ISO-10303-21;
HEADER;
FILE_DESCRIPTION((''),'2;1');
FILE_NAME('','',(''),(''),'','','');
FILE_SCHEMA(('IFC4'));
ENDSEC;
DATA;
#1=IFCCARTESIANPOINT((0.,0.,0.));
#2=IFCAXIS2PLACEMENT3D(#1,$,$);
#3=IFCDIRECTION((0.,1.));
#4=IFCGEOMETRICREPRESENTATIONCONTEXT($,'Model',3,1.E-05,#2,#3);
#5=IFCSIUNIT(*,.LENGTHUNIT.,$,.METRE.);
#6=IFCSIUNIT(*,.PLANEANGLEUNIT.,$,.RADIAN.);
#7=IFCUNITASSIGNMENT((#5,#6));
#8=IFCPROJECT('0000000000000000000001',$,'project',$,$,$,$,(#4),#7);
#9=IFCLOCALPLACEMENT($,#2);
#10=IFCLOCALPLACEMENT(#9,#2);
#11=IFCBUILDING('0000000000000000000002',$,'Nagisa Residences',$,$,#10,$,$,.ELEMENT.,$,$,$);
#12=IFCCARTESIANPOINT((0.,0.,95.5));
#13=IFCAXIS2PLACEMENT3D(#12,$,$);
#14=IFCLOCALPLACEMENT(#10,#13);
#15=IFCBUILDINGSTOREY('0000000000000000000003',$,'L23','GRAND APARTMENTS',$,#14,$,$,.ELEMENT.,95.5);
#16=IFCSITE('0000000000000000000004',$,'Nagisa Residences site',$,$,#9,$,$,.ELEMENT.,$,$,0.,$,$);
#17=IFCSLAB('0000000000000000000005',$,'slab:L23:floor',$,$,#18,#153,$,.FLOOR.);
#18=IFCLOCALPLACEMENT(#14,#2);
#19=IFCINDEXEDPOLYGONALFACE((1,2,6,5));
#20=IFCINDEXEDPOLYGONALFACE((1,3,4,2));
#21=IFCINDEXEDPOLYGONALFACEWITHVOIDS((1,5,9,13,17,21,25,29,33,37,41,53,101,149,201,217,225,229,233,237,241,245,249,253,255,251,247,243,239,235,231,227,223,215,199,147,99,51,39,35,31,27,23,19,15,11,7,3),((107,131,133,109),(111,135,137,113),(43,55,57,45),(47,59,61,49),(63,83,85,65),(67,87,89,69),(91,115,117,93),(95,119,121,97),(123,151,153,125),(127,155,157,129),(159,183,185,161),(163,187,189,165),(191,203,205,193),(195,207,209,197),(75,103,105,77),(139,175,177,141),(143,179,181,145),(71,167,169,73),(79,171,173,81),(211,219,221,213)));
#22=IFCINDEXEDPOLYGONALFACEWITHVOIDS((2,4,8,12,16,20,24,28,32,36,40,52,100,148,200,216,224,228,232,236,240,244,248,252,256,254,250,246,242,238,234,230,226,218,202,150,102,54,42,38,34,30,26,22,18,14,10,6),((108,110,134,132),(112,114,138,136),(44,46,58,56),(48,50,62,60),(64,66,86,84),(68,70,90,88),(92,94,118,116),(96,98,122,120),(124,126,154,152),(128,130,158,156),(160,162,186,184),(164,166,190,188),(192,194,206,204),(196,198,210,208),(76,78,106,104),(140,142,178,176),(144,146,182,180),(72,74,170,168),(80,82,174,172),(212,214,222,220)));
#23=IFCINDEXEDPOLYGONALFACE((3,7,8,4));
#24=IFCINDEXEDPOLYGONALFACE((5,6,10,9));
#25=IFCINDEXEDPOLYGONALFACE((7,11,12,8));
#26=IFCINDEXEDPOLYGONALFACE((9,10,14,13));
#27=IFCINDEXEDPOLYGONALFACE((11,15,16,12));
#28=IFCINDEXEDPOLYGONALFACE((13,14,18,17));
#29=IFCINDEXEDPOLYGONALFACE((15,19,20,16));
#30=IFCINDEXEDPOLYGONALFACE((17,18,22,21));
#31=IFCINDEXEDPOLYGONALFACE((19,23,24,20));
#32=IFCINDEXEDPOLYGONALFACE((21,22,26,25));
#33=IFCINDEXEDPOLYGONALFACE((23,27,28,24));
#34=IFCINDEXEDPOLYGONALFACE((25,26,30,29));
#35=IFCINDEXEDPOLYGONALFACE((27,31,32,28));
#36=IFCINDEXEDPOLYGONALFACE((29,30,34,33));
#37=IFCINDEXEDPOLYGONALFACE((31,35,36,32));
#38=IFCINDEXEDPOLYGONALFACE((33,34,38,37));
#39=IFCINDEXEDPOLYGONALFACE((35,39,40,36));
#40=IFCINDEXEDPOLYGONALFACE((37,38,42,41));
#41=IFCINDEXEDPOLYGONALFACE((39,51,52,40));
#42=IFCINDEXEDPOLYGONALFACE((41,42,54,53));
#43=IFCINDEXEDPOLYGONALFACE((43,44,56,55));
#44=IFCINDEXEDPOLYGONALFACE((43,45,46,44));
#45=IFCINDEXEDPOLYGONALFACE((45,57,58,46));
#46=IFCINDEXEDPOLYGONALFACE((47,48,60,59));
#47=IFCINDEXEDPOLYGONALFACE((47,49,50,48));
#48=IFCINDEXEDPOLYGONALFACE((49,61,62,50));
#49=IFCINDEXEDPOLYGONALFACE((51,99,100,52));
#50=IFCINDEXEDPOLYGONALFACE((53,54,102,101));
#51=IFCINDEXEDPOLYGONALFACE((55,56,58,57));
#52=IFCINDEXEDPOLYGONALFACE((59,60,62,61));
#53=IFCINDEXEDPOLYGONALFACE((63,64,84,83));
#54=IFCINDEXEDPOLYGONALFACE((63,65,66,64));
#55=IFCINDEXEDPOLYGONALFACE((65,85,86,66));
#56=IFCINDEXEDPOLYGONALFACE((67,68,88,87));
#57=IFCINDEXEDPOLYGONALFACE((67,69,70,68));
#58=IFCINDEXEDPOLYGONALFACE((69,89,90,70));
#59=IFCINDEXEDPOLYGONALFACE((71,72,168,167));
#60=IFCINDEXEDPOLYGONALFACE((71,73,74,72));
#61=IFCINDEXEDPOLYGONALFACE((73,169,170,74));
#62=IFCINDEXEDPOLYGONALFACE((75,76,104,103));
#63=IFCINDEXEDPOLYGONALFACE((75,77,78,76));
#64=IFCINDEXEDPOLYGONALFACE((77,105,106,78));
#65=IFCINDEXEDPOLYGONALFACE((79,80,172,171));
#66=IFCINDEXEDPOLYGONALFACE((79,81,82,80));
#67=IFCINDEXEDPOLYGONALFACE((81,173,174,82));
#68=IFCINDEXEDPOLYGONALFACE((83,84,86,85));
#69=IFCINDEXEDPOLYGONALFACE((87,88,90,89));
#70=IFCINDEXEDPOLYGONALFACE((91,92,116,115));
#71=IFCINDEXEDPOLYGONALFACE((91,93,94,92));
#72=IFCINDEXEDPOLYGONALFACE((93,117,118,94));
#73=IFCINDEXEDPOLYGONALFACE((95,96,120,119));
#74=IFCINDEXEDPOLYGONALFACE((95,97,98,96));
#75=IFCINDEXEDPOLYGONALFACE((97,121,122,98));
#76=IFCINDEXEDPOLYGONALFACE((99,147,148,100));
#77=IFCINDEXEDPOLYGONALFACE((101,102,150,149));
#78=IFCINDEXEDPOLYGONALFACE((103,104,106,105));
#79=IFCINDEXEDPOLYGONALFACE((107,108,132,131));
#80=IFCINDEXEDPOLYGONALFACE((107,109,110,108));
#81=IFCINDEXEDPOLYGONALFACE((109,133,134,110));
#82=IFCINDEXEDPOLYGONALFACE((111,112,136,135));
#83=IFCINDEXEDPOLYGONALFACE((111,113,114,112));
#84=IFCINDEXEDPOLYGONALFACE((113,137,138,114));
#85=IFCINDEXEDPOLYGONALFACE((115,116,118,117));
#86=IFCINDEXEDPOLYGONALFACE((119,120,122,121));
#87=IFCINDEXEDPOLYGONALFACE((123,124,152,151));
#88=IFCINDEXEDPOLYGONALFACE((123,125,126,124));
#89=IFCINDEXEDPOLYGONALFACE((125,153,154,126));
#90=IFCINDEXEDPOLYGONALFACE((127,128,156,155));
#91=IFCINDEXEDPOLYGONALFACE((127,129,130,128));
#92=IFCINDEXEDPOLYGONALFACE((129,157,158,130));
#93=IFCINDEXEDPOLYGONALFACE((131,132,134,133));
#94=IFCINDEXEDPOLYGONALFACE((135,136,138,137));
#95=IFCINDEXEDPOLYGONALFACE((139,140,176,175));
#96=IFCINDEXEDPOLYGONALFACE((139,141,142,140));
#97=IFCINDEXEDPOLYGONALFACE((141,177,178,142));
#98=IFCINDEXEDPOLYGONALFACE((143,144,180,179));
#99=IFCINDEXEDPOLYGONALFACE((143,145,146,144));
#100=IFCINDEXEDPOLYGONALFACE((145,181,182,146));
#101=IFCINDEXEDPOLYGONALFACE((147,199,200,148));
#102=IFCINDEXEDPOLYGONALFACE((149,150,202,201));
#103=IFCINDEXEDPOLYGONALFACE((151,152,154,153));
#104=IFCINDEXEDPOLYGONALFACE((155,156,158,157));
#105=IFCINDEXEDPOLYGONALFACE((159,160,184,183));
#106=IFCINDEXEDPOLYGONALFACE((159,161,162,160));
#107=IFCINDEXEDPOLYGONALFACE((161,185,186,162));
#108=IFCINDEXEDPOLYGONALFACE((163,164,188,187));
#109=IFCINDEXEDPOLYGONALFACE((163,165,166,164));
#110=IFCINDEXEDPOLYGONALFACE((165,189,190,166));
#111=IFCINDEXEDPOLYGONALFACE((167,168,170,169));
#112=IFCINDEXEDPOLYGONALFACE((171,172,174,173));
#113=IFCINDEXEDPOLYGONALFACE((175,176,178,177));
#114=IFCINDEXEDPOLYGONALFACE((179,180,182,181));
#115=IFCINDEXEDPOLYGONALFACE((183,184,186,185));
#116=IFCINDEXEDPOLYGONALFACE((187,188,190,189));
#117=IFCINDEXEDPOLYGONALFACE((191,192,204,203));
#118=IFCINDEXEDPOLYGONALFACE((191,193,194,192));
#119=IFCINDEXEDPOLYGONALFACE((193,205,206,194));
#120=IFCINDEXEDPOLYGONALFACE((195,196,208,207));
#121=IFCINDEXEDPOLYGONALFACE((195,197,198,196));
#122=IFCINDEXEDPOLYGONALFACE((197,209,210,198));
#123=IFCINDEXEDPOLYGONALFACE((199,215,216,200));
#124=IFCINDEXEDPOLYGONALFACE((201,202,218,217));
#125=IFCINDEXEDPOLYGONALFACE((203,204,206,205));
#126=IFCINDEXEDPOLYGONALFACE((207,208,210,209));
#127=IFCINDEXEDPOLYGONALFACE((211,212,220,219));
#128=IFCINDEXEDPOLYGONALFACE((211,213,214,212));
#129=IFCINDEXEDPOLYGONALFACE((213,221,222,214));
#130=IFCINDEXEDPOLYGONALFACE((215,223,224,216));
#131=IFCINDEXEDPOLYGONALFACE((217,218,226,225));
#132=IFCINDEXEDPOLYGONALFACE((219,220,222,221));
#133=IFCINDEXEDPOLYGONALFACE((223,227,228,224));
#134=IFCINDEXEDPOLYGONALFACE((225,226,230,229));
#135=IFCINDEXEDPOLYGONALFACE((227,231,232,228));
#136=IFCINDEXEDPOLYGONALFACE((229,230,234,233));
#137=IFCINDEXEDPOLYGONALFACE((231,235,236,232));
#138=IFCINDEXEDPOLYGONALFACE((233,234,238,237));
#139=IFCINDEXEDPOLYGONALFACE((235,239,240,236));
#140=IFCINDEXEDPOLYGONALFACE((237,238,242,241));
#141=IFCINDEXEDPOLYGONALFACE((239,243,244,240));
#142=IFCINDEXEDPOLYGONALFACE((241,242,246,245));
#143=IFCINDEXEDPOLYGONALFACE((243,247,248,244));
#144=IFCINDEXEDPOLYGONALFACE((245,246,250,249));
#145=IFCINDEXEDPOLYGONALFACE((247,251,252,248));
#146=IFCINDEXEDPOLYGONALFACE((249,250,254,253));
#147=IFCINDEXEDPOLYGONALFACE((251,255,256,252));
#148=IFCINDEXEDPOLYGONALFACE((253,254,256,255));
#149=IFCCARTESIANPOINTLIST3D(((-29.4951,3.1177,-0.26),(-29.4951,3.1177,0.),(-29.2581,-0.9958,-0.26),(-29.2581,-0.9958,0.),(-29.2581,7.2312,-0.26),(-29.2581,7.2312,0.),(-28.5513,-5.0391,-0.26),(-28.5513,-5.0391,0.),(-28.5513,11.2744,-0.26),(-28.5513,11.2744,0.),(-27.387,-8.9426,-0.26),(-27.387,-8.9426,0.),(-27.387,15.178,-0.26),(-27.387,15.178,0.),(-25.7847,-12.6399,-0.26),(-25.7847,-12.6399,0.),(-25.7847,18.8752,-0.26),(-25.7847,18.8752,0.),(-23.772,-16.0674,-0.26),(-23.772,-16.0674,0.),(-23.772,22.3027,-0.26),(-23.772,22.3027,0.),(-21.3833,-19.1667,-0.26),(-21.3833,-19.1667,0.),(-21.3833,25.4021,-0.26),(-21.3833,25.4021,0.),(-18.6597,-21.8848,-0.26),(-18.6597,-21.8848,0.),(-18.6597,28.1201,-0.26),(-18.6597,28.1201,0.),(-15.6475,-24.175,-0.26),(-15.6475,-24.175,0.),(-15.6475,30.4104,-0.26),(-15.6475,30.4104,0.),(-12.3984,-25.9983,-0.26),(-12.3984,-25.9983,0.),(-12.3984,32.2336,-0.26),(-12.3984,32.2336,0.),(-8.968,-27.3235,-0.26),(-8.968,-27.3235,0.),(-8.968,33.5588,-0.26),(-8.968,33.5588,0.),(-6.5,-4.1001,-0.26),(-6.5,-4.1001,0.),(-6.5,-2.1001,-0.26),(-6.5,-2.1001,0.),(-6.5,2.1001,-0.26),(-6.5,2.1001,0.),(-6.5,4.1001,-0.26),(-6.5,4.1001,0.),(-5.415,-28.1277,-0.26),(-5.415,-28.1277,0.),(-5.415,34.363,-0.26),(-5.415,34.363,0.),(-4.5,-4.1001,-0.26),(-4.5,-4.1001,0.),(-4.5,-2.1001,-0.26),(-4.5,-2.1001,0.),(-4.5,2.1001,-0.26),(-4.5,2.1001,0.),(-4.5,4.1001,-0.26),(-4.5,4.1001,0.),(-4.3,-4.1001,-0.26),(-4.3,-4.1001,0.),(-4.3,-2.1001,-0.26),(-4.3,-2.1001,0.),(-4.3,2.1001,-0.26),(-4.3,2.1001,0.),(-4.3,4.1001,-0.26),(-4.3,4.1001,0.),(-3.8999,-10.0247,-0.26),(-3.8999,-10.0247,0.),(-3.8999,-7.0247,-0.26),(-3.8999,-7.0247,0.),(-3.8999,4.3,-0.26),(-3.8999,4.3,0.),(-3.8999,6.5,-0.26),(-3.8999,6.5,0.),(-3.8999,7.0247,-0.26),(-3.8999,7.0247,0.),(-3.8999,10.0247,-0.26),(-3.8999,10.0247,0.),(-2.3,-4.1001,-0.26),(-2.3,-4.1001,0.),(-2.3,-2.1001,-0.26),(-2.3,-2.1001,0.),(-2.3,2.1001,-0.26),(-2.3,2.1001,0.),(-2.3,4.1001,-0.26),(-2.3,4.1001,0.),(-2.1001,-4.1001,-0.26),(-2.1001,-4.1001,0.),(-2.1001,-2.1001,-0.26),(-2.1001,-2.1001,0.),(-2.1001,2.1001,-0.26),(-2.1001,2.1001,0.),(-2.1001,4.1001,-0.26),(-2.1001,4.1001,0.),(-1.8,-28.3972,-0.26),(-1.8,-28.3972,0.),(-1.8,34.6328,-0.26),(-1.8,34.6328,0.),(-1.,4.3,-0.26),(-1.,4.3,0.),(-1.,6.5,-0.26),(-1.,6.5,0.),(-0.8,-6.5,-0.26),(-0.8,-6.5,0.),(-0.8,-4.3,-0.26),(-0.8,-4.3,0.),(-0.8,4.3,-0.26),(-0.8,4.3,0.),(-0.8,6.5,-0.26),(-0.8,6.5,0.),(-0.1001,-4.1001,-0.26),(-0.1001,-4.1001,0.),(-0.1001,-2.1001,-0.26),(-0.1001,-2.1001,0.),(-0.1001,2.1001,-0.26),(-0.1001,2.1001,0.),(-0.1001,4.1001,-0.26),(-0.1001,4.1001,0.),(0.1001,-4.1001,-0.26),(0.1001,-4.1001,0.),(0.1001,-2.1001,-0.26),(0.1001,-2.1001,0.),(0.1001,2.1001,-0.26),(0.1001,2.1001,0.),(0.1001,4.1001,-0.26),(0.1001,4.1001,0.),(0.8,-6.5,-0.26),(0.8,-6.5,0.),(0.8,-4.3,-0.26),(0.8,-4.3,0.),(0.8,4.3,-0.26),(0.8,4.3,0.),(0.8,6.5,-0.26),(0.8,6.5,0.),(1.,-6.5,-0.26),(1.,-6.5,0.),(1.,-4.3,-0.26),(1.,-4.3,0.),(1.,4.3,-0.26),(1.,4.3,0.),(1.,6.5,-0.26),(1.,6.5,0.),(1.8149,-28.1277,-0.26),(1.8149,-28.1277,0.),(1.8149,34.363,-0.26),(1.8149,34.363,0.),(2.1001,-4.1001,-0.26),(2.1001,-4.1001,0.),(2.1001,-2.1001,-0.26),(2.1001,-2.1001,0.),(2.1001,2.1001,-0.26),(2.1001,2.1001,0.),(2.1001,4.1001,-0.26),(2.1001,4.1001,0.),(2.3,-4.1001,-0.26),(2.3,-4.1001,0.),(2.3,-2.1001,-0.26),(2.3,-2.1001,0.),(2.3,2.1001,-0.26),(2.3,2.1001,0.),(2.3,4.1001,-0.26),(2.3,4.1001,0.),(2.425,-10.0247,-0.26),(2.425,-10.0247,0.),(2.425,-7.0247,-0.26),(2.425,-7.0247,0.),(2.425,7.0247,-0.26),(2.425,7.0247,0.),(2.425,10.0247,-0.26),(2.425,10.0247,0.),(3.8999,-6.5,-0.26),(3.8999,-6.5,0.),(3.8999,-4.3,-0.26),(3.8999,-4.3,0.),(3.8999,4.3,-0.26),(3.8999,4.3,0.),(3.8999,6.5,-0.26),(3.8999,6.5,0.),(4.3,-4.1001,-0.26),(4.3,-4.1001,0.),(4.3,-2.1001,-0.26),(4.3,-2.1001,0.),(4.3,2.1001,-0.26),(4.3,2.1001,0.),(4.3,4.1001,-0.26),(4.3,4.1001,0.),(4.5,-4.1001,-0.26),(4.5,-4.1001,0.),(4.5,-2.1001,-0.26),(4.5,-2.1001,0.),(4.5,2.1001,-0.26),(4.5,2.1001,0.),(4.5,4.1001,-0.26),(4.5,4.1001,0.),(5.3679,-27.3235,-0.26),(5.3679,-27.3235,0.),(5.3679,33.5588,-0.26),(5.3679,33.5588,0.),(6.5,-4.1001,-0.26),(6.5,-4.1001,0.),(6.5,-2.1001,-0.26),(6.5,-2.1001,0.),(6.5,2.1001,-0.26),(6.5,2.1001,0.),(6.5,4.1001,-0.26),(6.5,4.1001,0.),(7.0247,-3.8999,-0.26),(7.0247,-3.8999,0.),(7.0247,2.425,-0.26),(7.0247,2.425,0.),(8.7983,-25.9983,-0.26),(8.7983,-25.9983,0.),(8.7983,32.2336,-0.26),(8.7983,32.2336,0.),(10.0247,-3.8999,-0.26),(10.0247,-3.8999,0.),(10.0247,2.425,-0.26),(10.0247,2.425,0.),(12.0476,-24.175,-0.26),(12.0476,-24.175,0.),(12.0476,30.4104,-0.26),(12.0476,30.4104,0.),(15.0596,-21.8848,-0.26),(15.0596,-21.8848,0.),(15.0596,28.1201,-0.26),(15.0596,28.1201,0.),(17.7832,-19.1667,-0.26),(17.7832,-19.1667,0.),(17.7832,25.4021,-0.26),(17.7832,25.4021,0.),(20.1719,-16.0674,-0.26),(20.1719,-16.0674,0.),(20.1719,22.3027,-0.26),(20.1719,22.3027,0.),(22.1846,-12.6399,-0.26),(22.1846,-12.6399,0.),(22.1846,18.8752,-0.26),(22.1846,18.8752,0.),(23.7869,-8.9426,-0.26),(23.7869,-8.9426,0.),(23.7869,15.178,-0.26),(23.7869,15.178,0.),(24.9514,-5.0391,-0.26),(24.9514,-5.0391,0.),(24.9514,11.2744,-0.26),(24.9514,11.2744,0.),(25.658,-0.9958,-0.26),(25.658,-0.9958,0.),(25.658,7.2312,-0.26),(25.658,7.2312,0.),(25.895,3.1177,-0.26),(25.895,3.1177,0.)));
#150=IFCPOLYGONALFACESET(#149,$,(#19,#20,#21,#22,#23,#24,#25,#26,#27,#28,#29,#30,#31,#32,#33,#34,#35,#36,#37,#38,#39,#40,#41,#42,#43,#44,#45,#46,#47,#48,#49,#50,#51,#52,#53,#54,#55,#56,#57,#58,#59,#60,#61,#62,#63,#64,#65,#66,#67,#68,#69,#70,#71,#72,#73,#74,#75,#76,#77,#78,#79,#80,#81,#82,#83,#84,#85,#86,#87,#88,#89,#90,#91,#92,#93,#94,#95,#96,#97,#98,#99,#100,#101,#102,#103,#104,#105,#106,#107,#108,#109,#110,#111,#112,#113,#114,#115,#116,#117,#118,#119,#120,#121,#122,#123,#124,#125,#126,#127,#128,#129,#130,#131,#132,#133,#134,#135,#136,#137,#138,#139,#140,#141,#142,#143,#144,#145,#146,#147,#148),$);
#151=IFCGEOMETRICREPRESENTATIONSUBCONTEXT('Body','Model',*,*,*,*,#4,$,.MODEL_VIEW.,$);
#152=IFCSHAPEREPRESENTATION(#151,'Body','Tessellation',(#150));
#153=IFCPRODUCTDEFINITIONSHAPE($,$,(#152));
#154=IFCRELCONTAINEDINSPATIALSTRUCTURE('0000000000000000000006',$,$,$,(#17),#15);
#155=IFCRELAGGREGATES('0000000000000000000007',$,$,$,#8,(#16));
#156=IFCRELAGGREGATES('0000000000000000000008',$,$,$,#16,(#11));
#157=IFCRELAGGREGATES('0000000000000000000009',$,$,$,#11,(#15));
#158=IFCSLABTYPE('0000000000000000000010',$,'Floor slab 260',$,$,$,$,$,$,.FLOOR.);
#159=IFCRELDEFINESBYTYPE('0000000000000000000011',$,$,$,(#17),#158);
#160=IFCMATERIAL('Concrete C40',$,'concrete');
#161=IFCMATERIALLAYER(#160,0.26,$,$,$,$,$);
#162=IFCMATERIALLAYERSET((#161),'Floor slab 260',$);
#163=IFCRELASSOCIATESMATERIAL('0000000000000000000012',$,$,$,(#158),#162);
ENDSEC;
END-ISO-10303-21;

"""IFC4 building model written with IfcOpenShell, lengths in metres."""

from ifc_helpers import new_model, si_unit, direction, frame, origin, place, context, subcontext, project, spatial, polyline, outline, extrude, material, layer, layer_set, type_object, element, save


model = new_model("IFC4")

# Units and contexts
model_context = context("Model", 3, precision=1e-05, world=origin(), true_north=direction((0.0, 1.0)))
body_context = subcontext(model_context, "Body", "Model", "MODEL_VIEW")
ifc_project = project(units=[si_unit("LENGTHUNIT", "METRE"), si_unit("PLANEANGLEUNIT", "RADIAN")], contexts=[model_context])

# Site, building, storey
site_placement = place(None, origin())
site = spatial("IfcSite", under=ifc_project, at=site_placement, Name="Nagisa Residences site", CompositionType="ELEMENT", RefElevation=0.0)
building_placement = place(site_placement, origin())
building = spatial("IfcBuilding", under=site, at=building_placement, Name="Nagisa Residences", CompositionType="ELEMENT")
storey_placement = place(building_placement, frame((0.0, 0.0, 95.5)))
storey = spatial("IfcBuildingStorey", under=building, at=storey_placement, Name="L23", Description="GRAND APARTMENTS", CompositionType="ELEMENT", Elevation=95.5)

# Slab
ifc_material_1 = material(Name="Concrete C40", Category="concrete")
ifc_layer_1 = layer(ifc_material_1, 0.26)
ifc_layer_set_1 = layer_set([ifc_layer_1], Name="Floor slab 260")
slab_type_1 = type_object("IfcSlabType", Name="Floor slab 260", PredefinedType="FLOOR", material=ifc_layer_set_1)
slab_1_placement = place(storey_placement, frame((0.0, 0.0, -0.26)))
element("IfcSlab", 1, at=slab_1_placement, inside=storey, type_object=slab_type_1, Name="slab:L23:floor", PredefinedType="FLOOR", context=body_context, shape_type="SweptSolid", body=[
    extrude(outline(polyline([(25.895, 3.1177), (25.658, 7.2312), (24.9514, 11.2744), (23.7869, 15.178), (22.1846, 18.8752), (20.1719, 22.3027), (17.7832, 25.4021), (15.0596, 28.1201), (12.0476, 30.4104), (8.7983, 32.2336), (5.3679, 33.5588), (1.8149, 34.363), (-1.8, 34.6328), (-5.415, 34.363), (-8.968, 33.5588), (-12.3984, 32.2336), (-15.6475, 30.4104), (-18.6597, 28.1201), (-21.3833, 25.4021), (-23.772, 22.3027), (-25.7847, 18.8752), (-27.387, 15.178), (-28.5513, 11.2744), (-29.2581, 7.2312), (-29.4951, 3.1177), (-29.2581, -0.9958), (-28.5513, -5.0391), (-27.387, -8.9426), (-25.7847, -12.6399), (-23.772, -16.0674), (-21.3833, -19.1667), (-18.6597, -21.8848), (-15.6475, -24.175), (-12.3984, -25.9983), (-8.968, -27.3235), (-5.415, -28.1277), (-1.8, -28.3972), (1.8149, -28.1277), (5.3679, -27.3235), (8.7983, -25.9983), (12.0476, -24.175), (15.0596, -21.8848), (17.7832, -19.1667), (20.1719, -16.0674), (22.1846, -12.6399), (23.7869, -8.9426), (24.9514, -5.0391), (25.658, -0.9958), (25.895, 3.1177)]), holes=[polyline([(-4.5, 2.1001), (-4.5, 4.1001), (-6.5, 4.1001), (-6.5, 2.1001), (-4.5, 2.1001)]), polyline([(-2.3, 2.1001), (-2.3, 4.1001), (-4.3, 4.1001), (-4.3, 2.1001), (-2.3, 2.1001)]), polyline([(-0.1001, 2.1001), (-0.1001, 4.1001), (-2.1001, 4.1001), (-2.1001, 2.1001), (-0.1001, 2.1001)]), polyline([(2.1001, 2.1001), (2.1001, 4.1001), (0.1001, 4.1001), (0.1001, 2.1001), (2.1001, 2.1001)]), polyline([(4.3, 2.1001), (4.3, 4.1001), (2.3, 4.1001), (2.3, 2.1001), (4.3, 2.1001)]), polyline([(6.5, 2.1001), (6.5, 4.1001), (4.5, 4.1001), (4.5, 2.1001), (6.5, 2.1001)]), polyline([(-4.5, -4.1001), (-4.5, -2.1001), (-6.5, -2.1001), (-6.5, -4.1001), (-4.5, -4.1001)]), polyline([(-2.3, -4.1001), (-2.3, -2.1001), (-4.3, -2.1001), (-4.3, -4.1001), (-2.3, -4.1001)]), polyline([(-0.1001, -4.1001), (-0.1001, -2.1001), (-2.1001, -2.1001), (-2.1001, -4.1001), (-0.1001, -4.1001)]), polyline([(2.1001, -4.1001), (2.1001, -2.1001), (0.1001, -2.1001), (0.1001, -4.1001), (2.1001, -4.1001)]), polyline([(4.3, -4.1001), (4.3, -2.1001), (2.3, -2.1001), (2.3, -4.1001), (4.3, -4.1001)]), polyline([(6.5, -4.1001), (6.5, -2.1001), (4.5, -2.1001), (4.5, -4.1001), (6.5, -4.1001)]), polyline([(3.8999, 4.3), (3.8999, 6.5), (1.0, 6.5), (1.0, 4.3), (3.8999, 4.3)]), polyline([(3.8999, -6.5), (3.8999, -4.3), (1.0, -4.3), (1.0, -6.5), (3.8999, -6.5)]), polyline([(-1.0, 4.3), (-1.0, 6.5), (-3.8999, 6.5), (-3.8999, 4.3), (-1.0, 4.3)]), polyline([(0.8, 4.3), (0.8, 6.5), (-0.8, 6.5), (-0.8, 4.3), (0.8, 4.3)]), polyline([(0.8, -6.5), (0.8, -4.3), (-0.8, -4.3), (-0.8, -6.5), (0.8, -6.5)]), polyline([(10.0247, -3.8999), (7.0247, -3.8999), (7.0247, 2.425), (10.0247, 2.425), (10.0247, -3.8999)]), polyline([(-3.8999, 7.0247), (-3.8999, 10.0247), (2.425, 10.0247), (2.425, 7.0247), (-3.8999, 7.0247)]), polyline([(-3.8999, -10.0247), (-3.8999, -7.0247), (2.425, -7.0247), (2.425, -10.0247), (-3.8999, -10.0247)])]), origin(), (0.0, 0.0, 1.0), 0.26),
])

save(model, "model.ifc")
